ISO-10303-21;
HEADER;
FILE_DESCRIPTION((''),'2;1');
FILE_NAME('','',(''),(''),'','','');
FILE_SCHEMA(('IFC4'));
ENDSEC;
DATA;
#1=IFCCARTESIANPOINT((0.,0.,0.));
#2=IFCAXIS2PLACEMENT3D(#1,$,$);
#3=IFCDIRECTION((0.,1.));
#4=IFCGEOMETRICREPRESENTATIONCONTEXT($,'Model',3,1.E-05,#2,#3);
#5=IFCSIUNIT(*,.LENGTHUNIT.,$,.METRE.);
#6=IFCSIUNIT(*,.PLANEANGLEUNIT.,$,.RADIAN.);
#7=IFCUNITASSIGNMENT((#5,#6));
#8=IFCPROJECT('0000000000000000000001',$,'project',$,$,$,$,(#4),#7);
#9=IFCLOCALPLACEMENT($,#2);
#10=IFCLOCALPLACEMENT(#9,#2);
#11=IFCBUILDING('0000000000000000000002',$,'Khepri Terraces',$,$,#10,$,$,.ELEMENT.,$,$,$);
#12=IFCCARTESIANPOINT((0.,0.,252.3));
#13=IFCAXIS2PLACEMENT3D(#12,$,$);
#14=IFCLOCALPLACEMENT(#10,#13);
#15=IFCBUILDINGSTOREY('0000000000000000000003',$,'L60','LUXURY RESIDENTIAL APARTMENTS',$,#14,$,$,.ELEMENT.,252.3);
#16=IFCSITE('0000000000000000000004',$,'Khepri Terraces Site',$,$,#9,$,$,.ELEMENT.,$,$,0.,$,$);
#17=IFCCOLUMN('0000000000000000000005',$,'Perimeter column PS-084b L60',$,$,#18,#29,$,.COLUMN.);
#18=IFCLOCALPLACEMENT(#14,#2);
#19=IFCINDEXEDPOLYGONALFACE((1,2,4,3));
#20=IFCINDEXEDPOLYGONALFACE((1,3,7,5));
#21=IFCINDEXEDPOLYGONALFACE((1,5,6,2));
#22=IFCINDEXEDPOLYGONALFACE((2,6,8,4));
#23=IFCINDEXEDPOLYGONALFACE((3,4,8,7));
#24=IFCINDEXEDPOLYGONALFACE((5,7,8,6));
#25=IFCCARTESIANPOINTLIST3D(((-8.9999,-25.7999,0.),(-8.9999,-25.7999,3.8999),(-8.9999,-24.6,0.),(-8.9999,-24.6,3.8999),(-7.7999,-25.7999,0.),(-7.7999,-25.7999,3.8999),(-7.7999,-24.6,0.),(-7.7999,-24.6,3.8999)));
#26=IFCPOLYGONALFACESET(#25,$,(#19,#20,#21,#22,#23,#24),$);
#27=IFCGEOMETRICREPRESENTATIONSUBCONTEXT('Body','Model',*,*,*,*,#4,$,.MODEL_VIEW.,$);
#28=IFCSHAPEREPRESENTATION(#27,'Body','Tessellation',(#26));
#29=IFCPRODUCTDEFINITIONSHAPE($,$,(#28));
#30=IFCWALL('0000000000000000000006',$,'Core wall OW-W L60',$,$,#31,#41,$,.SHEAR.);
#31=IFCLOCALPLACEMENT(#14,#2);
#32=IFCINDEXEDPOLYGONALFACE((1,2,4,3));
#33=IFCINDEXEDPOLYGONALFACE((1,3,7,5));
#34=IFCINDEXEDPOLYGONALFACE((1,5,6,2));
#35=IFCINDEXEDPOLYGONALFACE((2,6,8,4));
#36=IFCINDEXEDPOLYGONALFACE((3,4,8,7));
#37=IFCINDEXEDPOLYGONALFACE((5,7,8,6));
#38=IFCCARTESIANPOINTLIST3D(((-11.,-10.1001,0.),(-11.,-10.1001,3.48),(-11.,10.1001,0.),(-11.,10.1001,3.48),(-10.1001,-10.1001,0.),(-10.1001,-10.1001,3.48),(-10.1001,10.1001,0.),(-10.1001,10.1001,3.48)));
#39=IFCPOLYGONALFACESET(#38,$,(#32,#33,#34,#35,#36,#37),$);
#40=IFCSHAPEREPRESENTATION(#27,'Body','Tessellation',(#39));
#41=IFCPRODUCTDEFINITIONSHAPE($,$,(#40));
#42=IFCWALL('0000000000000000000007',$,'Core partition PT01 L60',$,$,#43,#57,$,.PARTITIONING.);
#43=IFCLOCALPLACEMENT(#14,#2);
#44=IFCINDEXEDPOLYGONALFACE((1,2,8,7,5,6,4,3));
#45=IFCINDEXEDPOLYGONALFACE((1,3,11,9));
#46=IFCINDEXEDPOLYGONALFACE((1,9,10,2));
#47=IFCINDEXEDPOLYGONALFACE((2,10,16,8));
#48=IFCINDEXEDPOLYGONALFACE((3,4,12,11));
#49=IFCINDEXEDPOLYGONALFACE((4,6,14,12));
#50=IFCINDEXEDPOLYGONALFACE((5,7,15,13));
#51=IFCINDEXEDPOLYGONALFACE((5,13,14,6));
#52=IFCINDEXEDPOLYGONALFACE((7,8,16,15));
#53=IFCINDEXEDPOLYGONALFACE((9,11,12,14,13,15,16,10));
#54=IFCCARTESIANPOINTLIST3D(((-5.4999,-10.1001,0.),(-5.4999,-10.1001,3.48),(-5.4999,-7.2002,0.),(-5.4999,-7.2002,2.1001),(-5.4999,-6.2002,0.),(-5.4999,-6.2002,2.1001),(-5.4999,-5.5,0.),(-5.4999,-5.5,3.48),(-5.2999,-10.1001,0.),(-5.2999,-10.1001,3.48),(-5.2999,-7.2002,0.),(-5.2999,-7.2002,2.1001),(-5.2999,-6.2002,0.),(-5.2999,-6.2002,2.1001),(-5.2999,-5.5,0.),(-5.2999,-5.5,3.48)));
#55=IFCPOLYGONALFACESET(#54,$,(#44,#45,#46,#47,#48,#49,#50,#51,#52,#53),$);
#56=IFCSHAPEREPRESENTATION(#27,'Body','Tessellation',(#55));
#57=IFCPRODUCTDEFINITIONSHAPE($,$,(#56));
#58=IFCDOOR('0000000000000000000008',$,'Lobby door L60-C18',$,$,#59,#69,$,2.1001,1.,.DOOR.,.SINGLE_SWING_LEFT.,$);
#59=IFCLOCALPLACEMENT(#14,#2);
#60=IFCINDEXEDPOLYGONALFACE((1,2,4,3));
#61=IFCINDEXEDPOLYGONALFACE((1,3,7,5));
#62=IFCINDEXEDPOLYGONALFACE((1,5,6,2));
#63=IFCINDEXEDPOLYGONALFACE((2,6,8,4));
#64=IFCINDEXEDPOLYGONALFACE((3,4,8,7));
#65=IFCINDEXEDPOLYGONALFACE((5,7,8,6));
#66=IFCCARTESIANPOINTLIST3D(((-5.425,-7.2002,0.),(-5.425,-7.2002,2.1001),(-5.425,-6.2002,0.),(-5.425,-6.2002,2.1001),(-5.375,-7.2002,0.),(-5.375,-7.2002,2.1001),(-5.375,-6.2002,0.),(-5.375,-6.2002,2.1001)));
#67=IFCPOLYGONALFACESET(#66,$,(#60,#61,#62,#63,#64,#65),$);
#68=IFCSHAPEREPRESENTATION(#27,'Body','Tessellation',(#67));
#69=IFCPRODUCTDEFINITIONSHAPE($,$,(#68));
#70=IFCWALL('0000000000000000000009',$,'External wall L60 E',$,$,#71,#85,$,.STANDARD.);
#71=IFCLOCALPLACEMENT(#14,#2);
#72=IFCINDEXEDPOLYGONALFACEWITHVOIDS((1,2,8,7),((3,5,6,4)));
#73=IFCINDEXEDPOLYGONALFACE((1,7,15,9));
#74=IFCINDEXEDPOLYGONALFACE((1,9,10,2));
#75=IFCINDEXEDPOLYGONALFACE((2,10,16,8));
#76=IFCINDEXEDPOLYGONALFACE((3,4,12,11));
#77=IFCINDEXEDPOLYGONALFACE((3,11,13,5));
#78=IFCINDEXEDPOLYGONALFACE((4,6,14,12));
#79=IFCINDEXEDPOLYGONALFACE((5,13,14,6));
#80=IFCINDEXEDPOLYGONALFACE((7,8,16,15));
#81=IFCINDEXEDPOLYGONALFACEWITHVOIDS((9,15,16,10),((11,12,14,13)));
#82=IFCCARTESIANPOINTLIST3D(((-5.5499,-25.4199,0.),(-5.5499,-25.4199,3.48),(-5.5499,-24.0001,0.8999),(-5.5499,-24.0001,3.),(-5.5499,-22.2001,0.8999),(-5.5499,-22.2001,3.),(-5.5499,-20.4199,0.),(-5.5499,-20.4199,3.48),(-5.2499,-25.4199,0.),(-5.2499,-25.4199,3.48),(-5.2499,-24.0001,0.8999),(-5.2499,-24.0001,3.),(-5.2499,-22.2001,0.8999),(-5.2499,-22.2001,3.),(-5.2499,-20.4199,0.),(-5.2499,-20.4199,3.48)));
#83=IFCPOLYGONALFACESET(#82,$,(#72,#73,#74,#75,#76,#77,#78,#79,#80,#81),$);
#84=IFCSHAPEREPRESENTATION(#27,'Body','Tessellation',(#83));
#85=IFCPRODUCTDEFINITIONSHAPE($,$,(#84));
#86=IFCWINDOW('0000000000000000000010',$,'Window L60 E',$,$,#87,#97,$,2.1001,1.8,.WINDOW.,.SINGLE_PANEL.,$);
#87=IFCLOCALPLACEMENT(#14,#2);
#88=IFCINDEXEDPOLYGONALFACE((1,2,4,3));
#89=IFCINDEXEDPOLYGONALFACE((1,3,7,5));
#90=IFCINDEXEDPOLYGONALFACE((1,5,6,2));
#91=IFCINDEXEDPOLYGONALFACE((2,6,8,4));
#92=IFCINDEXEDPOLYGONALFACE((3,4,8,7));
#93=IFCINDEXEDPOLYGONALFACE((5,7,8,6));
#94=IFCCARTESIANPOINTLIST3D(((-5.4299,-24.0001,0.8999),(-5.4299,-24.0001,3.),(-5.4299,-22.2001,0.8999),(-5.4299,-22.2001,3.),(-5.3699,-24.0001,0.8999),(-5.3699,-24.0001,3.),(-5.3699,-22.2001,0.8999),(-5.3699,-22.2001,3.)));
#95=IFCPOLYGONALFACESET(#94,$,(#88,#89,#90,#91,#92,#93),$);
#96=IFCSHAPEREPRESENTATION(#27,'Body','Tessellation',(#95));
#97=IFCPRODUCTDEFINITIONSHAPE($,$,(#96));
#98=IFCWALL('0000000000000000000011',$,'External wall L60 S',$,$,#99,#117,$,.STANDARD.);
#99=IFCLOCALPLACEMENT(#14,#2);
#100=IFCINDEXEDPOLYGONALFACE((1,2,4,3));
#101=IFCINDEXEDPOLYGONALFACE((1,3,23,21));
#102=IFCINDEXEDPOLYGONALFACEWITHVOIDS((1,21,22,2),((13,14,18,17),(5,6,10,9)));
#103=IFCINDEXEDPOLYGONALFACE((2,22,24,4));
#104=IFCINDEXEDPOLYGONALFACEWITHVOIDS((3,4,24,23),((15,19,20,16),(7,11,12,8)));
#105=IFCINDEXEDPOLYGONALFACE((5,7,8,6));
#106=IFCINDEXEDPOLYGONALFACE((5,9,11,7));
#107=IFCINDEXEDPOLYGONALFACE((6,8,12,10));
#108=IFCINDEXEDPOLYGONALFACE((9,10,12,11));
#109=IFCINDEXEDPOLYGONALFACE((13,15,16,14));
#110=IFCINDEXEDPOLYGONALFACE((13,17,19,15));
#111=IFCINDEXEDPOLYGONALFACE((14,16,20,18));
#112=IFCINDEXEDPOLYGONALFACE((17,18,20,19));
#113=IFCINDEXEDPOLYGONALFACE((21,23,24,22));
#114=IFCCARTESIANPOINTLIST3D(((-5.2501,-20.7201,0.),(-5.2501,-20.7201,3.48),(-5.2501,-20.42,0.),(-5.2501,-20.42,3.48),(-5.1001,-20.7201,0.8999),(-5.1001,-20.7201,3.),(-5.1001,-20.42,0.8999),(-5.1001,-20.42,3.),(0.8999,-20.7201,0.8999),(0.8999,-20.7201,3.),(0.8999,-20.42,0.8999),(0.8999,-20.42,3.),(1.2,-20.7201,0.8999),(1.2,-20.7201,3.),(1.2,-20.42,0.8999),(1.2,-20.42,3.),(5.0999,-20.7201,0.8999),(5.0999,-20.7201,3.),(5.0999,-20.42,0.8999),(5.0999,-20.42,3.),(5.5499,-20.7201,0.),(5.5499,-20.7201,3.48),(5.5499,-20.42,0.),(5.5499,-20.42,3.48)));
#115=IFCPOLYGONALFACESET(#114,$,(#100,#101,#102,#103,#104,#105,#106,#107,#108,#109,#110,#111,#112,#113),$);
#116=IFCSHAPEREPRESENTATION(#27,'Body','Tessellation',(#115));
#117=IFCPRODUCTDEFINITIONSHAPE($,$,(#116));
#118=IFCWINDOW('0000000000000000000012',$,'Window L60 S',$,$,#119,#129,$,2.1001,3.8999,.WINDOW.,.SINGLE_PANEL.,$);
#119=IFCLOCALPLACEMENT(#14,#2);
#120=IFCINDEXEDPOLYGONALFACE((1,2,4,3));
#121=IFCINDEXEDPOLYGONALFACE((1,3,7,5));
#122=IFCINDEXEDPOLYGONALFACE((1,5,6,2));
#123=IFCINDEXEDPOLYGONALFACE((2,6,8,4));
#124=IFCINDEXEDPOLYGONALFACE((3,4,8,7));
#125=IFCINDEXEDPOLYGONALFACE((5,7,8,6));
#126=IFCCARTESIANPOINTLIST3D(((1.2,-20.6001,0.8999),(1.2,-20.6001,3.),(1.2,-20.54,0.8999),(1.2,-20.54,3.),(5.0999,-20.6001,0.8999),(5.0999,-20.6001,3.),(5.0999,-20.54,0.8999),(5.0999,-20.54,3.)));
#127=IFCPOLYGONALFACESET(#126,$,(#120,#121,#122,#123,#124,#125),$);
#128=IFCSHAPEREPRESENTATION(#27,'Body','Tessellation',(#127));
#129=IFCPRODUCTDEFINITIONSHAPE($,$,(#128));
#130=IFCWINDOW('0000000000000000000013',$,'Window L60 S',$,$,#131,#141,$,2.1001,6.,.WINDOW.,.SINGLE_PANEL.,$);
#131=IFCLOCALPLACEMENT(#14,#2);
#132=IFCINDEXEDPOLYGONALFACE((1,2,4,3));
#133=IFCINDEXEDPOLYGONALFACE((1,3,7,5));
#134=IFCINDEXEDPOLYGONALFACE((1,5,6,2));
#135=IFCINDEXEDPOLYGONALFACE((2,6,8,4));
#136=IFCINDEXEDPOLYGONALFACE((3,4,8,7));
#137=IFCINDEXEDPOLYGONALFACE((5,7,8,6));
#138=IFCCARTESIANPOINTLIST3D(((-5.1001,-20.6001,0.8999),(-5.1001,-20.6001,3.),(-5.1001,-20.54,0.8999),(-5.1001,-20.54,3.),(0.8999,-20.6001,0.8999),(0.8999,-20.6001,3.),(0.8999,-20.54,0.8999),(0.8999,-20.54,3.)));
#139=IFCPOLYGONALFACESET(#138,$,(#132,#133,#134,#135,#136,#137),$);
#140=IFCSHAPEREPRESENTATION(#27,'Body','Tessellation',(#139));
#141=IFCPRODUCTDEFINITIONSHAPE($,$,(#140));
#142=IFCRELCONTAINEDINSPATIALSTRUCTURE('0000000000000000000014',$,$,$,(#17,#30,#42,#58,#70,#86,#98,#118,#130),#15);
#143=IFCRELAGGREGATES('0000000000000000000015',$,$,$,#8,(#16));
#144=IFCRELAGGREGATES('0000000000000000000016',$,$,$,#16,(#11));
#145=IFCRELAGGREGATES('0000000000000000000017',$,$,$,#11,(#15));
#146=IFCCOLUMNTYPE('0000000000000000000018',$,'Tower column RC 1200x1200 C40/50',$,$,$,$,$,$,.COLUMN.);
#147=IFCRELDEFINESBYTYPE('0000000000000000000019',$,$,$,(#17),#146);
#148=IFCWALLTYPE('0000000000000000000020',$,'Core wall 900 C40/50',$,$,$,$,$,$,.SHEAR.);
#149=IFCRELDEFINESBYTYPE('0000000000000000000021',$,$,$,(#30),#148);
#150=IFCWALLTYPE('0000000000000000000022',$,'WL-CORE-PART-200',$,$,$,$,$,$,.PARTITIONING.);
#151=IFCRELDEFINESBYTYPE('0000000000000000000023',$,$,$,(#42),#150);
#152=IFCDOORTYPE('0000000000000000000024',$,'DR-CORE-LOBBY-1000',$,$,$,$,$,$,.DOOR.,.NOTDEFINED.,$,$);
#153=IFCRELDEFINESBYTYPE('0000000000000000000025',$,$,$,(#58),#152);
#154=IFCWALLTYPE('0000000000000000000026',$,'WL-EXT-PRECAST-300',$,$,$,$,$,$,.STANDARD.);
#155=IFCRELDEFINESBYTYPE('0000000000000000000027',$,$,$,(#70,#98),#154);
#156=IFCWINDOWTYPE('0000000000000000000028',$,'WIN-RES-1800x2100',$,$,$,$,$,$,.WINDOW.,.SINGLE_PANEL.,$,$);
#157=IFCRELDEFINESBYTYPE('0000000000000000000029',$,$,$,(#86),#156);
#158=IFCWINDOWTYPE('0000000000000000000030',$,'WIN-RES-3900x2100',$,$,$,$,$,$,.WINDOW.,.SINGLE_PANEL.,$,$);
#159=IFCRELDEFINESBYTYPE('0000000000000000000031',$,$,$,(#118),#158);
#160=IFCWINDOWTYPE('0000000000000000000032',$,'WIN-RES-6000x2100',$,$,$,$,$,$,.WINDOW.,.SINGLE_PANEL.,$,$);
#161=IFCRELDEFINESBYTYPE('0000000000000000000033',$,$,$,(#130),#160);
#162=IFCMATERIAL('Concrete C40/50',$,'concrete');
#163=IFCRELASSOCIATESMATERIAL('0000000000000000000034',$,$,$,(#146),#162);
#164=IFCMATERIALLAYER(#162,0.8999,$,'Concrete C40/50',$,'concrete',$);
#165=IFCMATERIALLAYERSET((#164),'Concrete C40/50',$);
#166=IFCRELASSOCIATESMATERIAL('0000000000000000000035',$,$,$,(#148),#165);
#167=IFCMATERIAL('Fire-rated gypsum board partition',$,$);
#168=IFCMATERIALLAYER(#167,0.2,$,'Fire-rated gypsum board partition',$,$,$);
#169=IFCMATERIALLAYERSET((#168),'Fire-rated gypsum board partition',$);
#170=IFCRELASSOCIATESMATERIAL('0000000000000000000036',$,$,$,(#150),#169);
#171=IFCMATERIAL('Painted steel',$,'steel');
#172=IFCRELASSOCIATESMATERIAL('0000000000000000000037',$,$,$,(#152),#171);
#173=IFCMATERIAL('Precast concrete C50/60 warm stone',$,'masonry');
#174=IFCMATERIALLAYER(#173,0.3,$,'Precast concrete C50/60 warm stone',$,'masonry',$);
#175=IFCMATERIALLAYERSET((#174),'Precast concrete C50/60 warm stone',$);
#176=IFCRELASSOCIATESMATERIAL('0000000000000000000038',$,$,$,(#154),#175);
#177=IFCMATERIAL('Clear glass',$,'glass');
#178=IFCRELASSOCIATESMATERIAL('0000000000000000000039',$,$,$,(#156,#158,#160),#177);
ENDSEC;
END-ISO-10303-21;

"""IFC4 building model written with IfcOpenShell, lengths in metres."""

from ifc_helpers import new_model, si_unit, direction, frame, frame_2d, origin, origin_2d, place, context, subcontext, project, spatial, rectangle, extrude, material, layer, layer_set, material_profile, profile_set, type_object, element, fill, save


model = new_model("IFC4")

# Units and contexts
model_context = context("Model", 3, precision=1e-05, world=origin(), true_north=direction((0.0, 1.0)))
body_context = subcontext(model_context, "Body", "Model", "MODEL_VIEW")
ifc_project = project(units=[si_unit("LENGTHUNIT", "METRE"), si_unit("PLANEANGLEUNIT", "RADIAN")], contexts=[model_context])

# Site, building, storey
site_placement = place(None, origin())
site = spatial("IfcSite", under=ifc_project, at=site_placement, Name="Khepri Terraces Site", CompositionType="ELEMENT", RefElevation=0.0)
building_placement = place(site_placement, origin())
building = spatial("IfcBuilding", under=site, at=building_placement, Name="Khepri Terraces", CompositionType="ELEMENT")
storey_placement = place(building_placement, frame((0.0, 0.0, 252.3)))
storey = spatial("IfcBuildingStorey", under=building, at=storey_placement, Name="L60", Description="LUXURY RESIDENTIAL APARTMENTS", CompositionType="ELEMENT", Elevation=252.3)

# Column
ifc_material_1 = material(Name="Concrete C40/50", Category="concrete")
ifc_material_profile = material_profile(ifc_material_1, rectangle(XDim=1.2, YDim=1.2, at=origin_2d()), Name="Concrete C40/50", Category="concrete")
ifc_profile_set = profile_set([ifc_material_profile], Name="Concrete C40/50")
column_type = type_object("IfcColumnType", Name="Tower column RC 1200x1200 C40/50", PredefinedType="COLUMN", material=ifc_profile_set)
column_placement = place(storey_placement, frame((-8.3999, -25.2, 0.0), z_axis=(0.0, 0.0, 1.0), x_axis=(1.0, 0.0, 0.0)))
element("IfcColumn", 1, at=column_placement, inside=storey, type_object=column_type, Name="Perimeter column PS-084b L60", PredefinedType="COLUMN", context=body_context, shape_type="SweptSolid", body=[
    extrude(rectangle(XDim=1.2, YDim=1.2, at=origin_2d()), origin(), (0.0, 0.0, 1.0), 3.8999),
])

# Wall
ifc_layer_1 = layer(ifc_material_1, 0.8999, Name="Concrete C40/50", Category="concrete")
ifc_layer_set_1 = layer_set([ifc_layer_1], Name="Concrete C40/50")
wall_type_1 = type_object("IfcWallType", Name="Core wall 900 C40/50", PredefinedType="SHEAR", material=ifc_layer_set_1)
wall_1_placement = place(storey_placement, frame((-10.55, -10.1001, 0.0), z_axis=(0.0, 0.0, 1.0), x_axis=(0.0, 1.0, 0.0)))
element("IfcWall", 2, at=wall_1_placement, inside=storey, type_object=wall_type_1, Name="Core wall OW-W L60", PredefinedType="SHEAR", context=body_context, shape_type="SweptSolid", body=[
    extrude(rectangle(XDim=20.2002, YDim=0.8999, at=frame_2d((10.1001, 0.0))), origin(), (0.0, 0.0, 1.0), 3.48),
])

# Wall, opening, door
ifc_material_2 = material(Name="Fire-rated gypsum board partition")
ifc_layer_2 = layer(ifc_material_2, 0.2, Name="Fire-rated gypsum board partition")
ifc_layer_set_2 = layer_set([ifc_layer_2], Name="Fire-rated gypsum board partition")
wall_type_2 = type_object("IfcWallType", Name="WL-CORE-PART-200", PredefinedType="PARTITIONING", material=ifc_layer_set_2)
wall_2_placement = place(storey_placement, frame((-5.3999, -10.1001, 0.0), z_axis=(0.0, 0.0, 1.0), x_axis=(0.0, 1.0, 0.0)))
wall_2 = element("IfcWall", 3, at=wall_2_placement, inside=storey, type_object=wall_type_2, Name="Core partition PT01 L60", PredefinedType="PARTITIONING", context=body_context, shape_type="SweptSolid", body=[
    extrude(rectangle(XDim=4.6001, YDim=0.2, at=frame_2d((2.3, 0.0))), origin(), (0.0, 0.0, 1.0), 3.48),
])
opening_1_placement = place(wall_2_placement, frame((2.8999, 0.0, 0.0)))
opening_1 = element("IfcOpeningElement", 4, at=opening_1_placement, cuts=wall_2, PredefinedType="OPENING", context=body_context, shape_type="SweptSolid", body=[
    extrude(rectangle(XDim=1.0, YDim=2.1001, at=frame_2d((0.5, 1.05))), frame((0.0, 0.1099, 0.0), z_axis=(0.0, -1.0, 0.0), x_axis=(1.0, 0.0, 0.0)), (0.0, 0.0, 1.0), 0.22),
])
ifc_material_3 = material(Name="Painted steel", Category="steel")
door_type_1 = type_object("IfcDoorType", Name="DR-CORE-LOBBY-1000", OperationType="NOTDEFINED", PredefinedType="DOOR", material=ifc_material_3)
door_1_placement = place(opening_1_placement, frame((1.0, 0.0, 0.0), z_axis=(0.0, 0.0, 1.0), x_axis=(-1.0, 0.0, 0.0)))
door_1 = element("IfcDoor", 5, at=door_1_placement, inside=storey, type_object=door_type_1, Name="Lobby door L60-C18", OperationType="SINGLE_SWING_LEFT", OverallHeight=2.1001, OverallWidth=1.0, PredefinedType="DOOR", context=body_context, shape_type="SweptSolid", body=[
    extrude(rectangle(XDim=1.0, YDim=2.1001, at=frame_2d((0.5, 1.05))), frame((0.0, 0.0249, 0.0), z_axis=(0.0, -1.0, 0.0), x_axis=(1.0, 0.0, 0.0)), (0.0, 0.0, 1.0), 0.05),
])
fill(opening_1, door_1)
ifc_material_4 = material(Name="Precast concrete C50/60 warm stone", Category="masonry")
ifc_layer_3 = layer(ifc_material_4, 0.3, Name="Precast concrete C50/60 warm stone", Category="masonry")
ifc_layer_set_3 = layer_set([ifc_layer_3], Name="Precast concrete C50/60 warm stone")
wall_type_3 = type_object("IfcWallType", Name="WL-EXT-PRECAST-300", PredefinedType="STANDARD", material=ifc_layer_set_3)

# Wall, opening, window
wall_3_placement = place(storey_placement, frame((-5.3999, -25.4199, 0.0), z_axis=(0.0, 0.0, 1.0), x_axis=(0.0, 1.0, 0.0)))
wall_3 = element("IfcWall", 6, at=wall_3_placement, inside=storey, type_object=wall_type_3, Name="External wall L60 E", PredefinedType="STANDARD", context=body_context, shape_type="SweptSolid", body=[
    extrude(rectangle(XDim=5.0, YDim=0.3, at=frame_2d((2.5, 0.0))), origin(), (0.0, 0.0, 1.0), 3.48),
])
opening_2_placement = place(wall_3_placement, frame((1.4199, 0.0, 0.8999)))
opening_2 = element("IfcOpeningElement", 7, at=opening_2_placement, cuts=wall_3, PredefinedType="OPENING", context=body_context, shape_type="SweptSolid", body=[
    extrude(rectangle(XDim=1.8, YDim=2.1001, at=frame_2d((0.8999, 1.05))), frame((0.0, 0.1602, 0.0), z_axis=(0.0, -1.0, 0.0), x_axis=(1.0, 0.0, 0.0)), (0.0, 0.0, 1.0), 0.3201),
])
ifc_material_5 = material(Name="Clear glass", Category="glass")
window_type_1 = type_object("IfcWindowType", Name="WIN-RES-1800x2100", PartitioningType="SINGLE_PANEL", PredefinedType="WINDOW", material=ifc_material_5)
window_1_placement = place(opening_2_placement, origin())
window_1 = element("IfcWindow", 8, at=window_1_placement, inside=storey, type_object=window_type_1, Name="Window L60 E", OverallHeight=2.1001, OverallWidth=1.8, PartitioningType="SINGLE_PANEL", PredefinedType="WINDOW", context=body_context, shape_type="SweptSolid", body=[
    extrude(rectangle(XDim=1.8, YDim=2.1001, at=frame_2d((0.8999, 1.05))), frame((0.0, 0.03, 0.0), z_axis=(0.0, -1.0, 0.0), x_axis=(1.0, 0.0, 0.0)), (0.0, 0.0, 1.0), 0.0601),
])
fill(opening_2, window_1)

# Wall, openings, windows
wall_4_placement = place(storey_placement, frame((-5.25, -20.5701, 0.0), z_axis=(0.0, 0.0, 1.0), x_axis=(1.0, 0.0, 0.0)))
wall_4 = element("IfcWall", 9, at=wall_4_placement, inside=storey, type_object=wall_type_3, Name="External wall L60 S", PredefinedType="STANDARD", context=body_context, shape_type="SweptSolid", body=[
    extrude(rectangle(XDim=10.8, YDim=0.3, at=frame_2d((5.3999, 0.0))), origin(), (0.0, 0.0, 1.0), 3.48),
])
opening_3_placement = place(wall_4_placement, frame((0.1499, 0.0, 0.8999)))
opening_3 = element("IfcOpeningElement", 10, at=opening_3_placement, cuts=wall_4, PredefinedType="OPENING", context=body_context, shape_type="SweptSolid", body=[
    extrude(rectangle(XDim=6.0, YDim=2.1001, at=frame_2d((3.0, 1.05))), frame((0.0, 0.1602, 0.0), z_axis=(0.0, -1.0, 0.0), x_axis=(1.0, 0.0, 0.0)), (0.0, 0.0, 1.0), 0.3201),
])
opening_4_placement = place(wall_4_placement, frame((6.45, 0.0, 0.8999)))
opening_4 = element("IfcOpeningElement", 11, at=opening_4_placement, cuts=wall_4, PredefinedType="OPENING", context=body_context, shape_type="SweptSolid", body=[
    extrude(rectangle(XDim=3.8999, YDim=2.1001, at=frame_2d((1.95, 1.05))), frame((0.0, 0.1602, 0.0), z_axis=(0.0, -1.0, 0.0), x_axis=(1.0, 0.0, 0.0)), (0.0, 0.0, 1.0), 0.3201),
])
window_type_2 = type_object("IfcWindowType", Name="WIN-RES-3900x2100", PartitioningType="SINGLE_PANEL", PredefinedType="WINDOW", material=ifc_material_5)
window_2_placement = place(opening_4_placement, origin())
window_2 = element("IfcWindow", 12, at=window_2_placement, inside=storey, type_object=window_type_2, Name="Window L60 S", OverallHeight=2.1001, OverallWidth=3.8999, PartitioningType="SINGLE_PANEL", PredefinedType="WINDOW", context=body_context, shape_type="SweptSolid", body=[
    extrude(rectangle(XDim=3.8999, YDim=2.1001, at=frame_2d((1.95, 1.05))), frame((0.0, 0.03, 0.0), z_axis=(0.0, -1.0, 0.0), x_axis=(1.0, 0.0, 0.0)), (0.0, 0.0, 1.0), 0.0601),
])
fill(opening_4, window_2)
window_type_3 = type_object("IfcWindowType", Name="WIN-RES-6000x2100", PartitioningType="SINGLE_PANEL", PredefinedType="WINDOW", material=ifc_material_5)
window_3_placement = place(opening_3_placement, origin())
window_3 = element("IfcWindow", 13, at=window_3_placement, inside=storey, type_object=window_type_3, Name="Window L60 S", OverallHeight=2.1001, OverallWidth=6.0, PartitioningType="SINGLE_PANEL", PredefinedType="WINDOW", context=body_context, shape_type="SweptSolid", body=[
    extrude(rectangle(XDim=6.0, YDim=2.1001, at=frame_2d((3.0, 1.05))), frame((0.0, 0.03, 0.0), z_axis=(0.0, -1.0, 0.0), x_axis=(1.0, 0.0, 0.0)), (0.0, 0.0, 1.0), 0.0601),
])
fill(opening_3, window_3)

save(model, "model.ifc")
